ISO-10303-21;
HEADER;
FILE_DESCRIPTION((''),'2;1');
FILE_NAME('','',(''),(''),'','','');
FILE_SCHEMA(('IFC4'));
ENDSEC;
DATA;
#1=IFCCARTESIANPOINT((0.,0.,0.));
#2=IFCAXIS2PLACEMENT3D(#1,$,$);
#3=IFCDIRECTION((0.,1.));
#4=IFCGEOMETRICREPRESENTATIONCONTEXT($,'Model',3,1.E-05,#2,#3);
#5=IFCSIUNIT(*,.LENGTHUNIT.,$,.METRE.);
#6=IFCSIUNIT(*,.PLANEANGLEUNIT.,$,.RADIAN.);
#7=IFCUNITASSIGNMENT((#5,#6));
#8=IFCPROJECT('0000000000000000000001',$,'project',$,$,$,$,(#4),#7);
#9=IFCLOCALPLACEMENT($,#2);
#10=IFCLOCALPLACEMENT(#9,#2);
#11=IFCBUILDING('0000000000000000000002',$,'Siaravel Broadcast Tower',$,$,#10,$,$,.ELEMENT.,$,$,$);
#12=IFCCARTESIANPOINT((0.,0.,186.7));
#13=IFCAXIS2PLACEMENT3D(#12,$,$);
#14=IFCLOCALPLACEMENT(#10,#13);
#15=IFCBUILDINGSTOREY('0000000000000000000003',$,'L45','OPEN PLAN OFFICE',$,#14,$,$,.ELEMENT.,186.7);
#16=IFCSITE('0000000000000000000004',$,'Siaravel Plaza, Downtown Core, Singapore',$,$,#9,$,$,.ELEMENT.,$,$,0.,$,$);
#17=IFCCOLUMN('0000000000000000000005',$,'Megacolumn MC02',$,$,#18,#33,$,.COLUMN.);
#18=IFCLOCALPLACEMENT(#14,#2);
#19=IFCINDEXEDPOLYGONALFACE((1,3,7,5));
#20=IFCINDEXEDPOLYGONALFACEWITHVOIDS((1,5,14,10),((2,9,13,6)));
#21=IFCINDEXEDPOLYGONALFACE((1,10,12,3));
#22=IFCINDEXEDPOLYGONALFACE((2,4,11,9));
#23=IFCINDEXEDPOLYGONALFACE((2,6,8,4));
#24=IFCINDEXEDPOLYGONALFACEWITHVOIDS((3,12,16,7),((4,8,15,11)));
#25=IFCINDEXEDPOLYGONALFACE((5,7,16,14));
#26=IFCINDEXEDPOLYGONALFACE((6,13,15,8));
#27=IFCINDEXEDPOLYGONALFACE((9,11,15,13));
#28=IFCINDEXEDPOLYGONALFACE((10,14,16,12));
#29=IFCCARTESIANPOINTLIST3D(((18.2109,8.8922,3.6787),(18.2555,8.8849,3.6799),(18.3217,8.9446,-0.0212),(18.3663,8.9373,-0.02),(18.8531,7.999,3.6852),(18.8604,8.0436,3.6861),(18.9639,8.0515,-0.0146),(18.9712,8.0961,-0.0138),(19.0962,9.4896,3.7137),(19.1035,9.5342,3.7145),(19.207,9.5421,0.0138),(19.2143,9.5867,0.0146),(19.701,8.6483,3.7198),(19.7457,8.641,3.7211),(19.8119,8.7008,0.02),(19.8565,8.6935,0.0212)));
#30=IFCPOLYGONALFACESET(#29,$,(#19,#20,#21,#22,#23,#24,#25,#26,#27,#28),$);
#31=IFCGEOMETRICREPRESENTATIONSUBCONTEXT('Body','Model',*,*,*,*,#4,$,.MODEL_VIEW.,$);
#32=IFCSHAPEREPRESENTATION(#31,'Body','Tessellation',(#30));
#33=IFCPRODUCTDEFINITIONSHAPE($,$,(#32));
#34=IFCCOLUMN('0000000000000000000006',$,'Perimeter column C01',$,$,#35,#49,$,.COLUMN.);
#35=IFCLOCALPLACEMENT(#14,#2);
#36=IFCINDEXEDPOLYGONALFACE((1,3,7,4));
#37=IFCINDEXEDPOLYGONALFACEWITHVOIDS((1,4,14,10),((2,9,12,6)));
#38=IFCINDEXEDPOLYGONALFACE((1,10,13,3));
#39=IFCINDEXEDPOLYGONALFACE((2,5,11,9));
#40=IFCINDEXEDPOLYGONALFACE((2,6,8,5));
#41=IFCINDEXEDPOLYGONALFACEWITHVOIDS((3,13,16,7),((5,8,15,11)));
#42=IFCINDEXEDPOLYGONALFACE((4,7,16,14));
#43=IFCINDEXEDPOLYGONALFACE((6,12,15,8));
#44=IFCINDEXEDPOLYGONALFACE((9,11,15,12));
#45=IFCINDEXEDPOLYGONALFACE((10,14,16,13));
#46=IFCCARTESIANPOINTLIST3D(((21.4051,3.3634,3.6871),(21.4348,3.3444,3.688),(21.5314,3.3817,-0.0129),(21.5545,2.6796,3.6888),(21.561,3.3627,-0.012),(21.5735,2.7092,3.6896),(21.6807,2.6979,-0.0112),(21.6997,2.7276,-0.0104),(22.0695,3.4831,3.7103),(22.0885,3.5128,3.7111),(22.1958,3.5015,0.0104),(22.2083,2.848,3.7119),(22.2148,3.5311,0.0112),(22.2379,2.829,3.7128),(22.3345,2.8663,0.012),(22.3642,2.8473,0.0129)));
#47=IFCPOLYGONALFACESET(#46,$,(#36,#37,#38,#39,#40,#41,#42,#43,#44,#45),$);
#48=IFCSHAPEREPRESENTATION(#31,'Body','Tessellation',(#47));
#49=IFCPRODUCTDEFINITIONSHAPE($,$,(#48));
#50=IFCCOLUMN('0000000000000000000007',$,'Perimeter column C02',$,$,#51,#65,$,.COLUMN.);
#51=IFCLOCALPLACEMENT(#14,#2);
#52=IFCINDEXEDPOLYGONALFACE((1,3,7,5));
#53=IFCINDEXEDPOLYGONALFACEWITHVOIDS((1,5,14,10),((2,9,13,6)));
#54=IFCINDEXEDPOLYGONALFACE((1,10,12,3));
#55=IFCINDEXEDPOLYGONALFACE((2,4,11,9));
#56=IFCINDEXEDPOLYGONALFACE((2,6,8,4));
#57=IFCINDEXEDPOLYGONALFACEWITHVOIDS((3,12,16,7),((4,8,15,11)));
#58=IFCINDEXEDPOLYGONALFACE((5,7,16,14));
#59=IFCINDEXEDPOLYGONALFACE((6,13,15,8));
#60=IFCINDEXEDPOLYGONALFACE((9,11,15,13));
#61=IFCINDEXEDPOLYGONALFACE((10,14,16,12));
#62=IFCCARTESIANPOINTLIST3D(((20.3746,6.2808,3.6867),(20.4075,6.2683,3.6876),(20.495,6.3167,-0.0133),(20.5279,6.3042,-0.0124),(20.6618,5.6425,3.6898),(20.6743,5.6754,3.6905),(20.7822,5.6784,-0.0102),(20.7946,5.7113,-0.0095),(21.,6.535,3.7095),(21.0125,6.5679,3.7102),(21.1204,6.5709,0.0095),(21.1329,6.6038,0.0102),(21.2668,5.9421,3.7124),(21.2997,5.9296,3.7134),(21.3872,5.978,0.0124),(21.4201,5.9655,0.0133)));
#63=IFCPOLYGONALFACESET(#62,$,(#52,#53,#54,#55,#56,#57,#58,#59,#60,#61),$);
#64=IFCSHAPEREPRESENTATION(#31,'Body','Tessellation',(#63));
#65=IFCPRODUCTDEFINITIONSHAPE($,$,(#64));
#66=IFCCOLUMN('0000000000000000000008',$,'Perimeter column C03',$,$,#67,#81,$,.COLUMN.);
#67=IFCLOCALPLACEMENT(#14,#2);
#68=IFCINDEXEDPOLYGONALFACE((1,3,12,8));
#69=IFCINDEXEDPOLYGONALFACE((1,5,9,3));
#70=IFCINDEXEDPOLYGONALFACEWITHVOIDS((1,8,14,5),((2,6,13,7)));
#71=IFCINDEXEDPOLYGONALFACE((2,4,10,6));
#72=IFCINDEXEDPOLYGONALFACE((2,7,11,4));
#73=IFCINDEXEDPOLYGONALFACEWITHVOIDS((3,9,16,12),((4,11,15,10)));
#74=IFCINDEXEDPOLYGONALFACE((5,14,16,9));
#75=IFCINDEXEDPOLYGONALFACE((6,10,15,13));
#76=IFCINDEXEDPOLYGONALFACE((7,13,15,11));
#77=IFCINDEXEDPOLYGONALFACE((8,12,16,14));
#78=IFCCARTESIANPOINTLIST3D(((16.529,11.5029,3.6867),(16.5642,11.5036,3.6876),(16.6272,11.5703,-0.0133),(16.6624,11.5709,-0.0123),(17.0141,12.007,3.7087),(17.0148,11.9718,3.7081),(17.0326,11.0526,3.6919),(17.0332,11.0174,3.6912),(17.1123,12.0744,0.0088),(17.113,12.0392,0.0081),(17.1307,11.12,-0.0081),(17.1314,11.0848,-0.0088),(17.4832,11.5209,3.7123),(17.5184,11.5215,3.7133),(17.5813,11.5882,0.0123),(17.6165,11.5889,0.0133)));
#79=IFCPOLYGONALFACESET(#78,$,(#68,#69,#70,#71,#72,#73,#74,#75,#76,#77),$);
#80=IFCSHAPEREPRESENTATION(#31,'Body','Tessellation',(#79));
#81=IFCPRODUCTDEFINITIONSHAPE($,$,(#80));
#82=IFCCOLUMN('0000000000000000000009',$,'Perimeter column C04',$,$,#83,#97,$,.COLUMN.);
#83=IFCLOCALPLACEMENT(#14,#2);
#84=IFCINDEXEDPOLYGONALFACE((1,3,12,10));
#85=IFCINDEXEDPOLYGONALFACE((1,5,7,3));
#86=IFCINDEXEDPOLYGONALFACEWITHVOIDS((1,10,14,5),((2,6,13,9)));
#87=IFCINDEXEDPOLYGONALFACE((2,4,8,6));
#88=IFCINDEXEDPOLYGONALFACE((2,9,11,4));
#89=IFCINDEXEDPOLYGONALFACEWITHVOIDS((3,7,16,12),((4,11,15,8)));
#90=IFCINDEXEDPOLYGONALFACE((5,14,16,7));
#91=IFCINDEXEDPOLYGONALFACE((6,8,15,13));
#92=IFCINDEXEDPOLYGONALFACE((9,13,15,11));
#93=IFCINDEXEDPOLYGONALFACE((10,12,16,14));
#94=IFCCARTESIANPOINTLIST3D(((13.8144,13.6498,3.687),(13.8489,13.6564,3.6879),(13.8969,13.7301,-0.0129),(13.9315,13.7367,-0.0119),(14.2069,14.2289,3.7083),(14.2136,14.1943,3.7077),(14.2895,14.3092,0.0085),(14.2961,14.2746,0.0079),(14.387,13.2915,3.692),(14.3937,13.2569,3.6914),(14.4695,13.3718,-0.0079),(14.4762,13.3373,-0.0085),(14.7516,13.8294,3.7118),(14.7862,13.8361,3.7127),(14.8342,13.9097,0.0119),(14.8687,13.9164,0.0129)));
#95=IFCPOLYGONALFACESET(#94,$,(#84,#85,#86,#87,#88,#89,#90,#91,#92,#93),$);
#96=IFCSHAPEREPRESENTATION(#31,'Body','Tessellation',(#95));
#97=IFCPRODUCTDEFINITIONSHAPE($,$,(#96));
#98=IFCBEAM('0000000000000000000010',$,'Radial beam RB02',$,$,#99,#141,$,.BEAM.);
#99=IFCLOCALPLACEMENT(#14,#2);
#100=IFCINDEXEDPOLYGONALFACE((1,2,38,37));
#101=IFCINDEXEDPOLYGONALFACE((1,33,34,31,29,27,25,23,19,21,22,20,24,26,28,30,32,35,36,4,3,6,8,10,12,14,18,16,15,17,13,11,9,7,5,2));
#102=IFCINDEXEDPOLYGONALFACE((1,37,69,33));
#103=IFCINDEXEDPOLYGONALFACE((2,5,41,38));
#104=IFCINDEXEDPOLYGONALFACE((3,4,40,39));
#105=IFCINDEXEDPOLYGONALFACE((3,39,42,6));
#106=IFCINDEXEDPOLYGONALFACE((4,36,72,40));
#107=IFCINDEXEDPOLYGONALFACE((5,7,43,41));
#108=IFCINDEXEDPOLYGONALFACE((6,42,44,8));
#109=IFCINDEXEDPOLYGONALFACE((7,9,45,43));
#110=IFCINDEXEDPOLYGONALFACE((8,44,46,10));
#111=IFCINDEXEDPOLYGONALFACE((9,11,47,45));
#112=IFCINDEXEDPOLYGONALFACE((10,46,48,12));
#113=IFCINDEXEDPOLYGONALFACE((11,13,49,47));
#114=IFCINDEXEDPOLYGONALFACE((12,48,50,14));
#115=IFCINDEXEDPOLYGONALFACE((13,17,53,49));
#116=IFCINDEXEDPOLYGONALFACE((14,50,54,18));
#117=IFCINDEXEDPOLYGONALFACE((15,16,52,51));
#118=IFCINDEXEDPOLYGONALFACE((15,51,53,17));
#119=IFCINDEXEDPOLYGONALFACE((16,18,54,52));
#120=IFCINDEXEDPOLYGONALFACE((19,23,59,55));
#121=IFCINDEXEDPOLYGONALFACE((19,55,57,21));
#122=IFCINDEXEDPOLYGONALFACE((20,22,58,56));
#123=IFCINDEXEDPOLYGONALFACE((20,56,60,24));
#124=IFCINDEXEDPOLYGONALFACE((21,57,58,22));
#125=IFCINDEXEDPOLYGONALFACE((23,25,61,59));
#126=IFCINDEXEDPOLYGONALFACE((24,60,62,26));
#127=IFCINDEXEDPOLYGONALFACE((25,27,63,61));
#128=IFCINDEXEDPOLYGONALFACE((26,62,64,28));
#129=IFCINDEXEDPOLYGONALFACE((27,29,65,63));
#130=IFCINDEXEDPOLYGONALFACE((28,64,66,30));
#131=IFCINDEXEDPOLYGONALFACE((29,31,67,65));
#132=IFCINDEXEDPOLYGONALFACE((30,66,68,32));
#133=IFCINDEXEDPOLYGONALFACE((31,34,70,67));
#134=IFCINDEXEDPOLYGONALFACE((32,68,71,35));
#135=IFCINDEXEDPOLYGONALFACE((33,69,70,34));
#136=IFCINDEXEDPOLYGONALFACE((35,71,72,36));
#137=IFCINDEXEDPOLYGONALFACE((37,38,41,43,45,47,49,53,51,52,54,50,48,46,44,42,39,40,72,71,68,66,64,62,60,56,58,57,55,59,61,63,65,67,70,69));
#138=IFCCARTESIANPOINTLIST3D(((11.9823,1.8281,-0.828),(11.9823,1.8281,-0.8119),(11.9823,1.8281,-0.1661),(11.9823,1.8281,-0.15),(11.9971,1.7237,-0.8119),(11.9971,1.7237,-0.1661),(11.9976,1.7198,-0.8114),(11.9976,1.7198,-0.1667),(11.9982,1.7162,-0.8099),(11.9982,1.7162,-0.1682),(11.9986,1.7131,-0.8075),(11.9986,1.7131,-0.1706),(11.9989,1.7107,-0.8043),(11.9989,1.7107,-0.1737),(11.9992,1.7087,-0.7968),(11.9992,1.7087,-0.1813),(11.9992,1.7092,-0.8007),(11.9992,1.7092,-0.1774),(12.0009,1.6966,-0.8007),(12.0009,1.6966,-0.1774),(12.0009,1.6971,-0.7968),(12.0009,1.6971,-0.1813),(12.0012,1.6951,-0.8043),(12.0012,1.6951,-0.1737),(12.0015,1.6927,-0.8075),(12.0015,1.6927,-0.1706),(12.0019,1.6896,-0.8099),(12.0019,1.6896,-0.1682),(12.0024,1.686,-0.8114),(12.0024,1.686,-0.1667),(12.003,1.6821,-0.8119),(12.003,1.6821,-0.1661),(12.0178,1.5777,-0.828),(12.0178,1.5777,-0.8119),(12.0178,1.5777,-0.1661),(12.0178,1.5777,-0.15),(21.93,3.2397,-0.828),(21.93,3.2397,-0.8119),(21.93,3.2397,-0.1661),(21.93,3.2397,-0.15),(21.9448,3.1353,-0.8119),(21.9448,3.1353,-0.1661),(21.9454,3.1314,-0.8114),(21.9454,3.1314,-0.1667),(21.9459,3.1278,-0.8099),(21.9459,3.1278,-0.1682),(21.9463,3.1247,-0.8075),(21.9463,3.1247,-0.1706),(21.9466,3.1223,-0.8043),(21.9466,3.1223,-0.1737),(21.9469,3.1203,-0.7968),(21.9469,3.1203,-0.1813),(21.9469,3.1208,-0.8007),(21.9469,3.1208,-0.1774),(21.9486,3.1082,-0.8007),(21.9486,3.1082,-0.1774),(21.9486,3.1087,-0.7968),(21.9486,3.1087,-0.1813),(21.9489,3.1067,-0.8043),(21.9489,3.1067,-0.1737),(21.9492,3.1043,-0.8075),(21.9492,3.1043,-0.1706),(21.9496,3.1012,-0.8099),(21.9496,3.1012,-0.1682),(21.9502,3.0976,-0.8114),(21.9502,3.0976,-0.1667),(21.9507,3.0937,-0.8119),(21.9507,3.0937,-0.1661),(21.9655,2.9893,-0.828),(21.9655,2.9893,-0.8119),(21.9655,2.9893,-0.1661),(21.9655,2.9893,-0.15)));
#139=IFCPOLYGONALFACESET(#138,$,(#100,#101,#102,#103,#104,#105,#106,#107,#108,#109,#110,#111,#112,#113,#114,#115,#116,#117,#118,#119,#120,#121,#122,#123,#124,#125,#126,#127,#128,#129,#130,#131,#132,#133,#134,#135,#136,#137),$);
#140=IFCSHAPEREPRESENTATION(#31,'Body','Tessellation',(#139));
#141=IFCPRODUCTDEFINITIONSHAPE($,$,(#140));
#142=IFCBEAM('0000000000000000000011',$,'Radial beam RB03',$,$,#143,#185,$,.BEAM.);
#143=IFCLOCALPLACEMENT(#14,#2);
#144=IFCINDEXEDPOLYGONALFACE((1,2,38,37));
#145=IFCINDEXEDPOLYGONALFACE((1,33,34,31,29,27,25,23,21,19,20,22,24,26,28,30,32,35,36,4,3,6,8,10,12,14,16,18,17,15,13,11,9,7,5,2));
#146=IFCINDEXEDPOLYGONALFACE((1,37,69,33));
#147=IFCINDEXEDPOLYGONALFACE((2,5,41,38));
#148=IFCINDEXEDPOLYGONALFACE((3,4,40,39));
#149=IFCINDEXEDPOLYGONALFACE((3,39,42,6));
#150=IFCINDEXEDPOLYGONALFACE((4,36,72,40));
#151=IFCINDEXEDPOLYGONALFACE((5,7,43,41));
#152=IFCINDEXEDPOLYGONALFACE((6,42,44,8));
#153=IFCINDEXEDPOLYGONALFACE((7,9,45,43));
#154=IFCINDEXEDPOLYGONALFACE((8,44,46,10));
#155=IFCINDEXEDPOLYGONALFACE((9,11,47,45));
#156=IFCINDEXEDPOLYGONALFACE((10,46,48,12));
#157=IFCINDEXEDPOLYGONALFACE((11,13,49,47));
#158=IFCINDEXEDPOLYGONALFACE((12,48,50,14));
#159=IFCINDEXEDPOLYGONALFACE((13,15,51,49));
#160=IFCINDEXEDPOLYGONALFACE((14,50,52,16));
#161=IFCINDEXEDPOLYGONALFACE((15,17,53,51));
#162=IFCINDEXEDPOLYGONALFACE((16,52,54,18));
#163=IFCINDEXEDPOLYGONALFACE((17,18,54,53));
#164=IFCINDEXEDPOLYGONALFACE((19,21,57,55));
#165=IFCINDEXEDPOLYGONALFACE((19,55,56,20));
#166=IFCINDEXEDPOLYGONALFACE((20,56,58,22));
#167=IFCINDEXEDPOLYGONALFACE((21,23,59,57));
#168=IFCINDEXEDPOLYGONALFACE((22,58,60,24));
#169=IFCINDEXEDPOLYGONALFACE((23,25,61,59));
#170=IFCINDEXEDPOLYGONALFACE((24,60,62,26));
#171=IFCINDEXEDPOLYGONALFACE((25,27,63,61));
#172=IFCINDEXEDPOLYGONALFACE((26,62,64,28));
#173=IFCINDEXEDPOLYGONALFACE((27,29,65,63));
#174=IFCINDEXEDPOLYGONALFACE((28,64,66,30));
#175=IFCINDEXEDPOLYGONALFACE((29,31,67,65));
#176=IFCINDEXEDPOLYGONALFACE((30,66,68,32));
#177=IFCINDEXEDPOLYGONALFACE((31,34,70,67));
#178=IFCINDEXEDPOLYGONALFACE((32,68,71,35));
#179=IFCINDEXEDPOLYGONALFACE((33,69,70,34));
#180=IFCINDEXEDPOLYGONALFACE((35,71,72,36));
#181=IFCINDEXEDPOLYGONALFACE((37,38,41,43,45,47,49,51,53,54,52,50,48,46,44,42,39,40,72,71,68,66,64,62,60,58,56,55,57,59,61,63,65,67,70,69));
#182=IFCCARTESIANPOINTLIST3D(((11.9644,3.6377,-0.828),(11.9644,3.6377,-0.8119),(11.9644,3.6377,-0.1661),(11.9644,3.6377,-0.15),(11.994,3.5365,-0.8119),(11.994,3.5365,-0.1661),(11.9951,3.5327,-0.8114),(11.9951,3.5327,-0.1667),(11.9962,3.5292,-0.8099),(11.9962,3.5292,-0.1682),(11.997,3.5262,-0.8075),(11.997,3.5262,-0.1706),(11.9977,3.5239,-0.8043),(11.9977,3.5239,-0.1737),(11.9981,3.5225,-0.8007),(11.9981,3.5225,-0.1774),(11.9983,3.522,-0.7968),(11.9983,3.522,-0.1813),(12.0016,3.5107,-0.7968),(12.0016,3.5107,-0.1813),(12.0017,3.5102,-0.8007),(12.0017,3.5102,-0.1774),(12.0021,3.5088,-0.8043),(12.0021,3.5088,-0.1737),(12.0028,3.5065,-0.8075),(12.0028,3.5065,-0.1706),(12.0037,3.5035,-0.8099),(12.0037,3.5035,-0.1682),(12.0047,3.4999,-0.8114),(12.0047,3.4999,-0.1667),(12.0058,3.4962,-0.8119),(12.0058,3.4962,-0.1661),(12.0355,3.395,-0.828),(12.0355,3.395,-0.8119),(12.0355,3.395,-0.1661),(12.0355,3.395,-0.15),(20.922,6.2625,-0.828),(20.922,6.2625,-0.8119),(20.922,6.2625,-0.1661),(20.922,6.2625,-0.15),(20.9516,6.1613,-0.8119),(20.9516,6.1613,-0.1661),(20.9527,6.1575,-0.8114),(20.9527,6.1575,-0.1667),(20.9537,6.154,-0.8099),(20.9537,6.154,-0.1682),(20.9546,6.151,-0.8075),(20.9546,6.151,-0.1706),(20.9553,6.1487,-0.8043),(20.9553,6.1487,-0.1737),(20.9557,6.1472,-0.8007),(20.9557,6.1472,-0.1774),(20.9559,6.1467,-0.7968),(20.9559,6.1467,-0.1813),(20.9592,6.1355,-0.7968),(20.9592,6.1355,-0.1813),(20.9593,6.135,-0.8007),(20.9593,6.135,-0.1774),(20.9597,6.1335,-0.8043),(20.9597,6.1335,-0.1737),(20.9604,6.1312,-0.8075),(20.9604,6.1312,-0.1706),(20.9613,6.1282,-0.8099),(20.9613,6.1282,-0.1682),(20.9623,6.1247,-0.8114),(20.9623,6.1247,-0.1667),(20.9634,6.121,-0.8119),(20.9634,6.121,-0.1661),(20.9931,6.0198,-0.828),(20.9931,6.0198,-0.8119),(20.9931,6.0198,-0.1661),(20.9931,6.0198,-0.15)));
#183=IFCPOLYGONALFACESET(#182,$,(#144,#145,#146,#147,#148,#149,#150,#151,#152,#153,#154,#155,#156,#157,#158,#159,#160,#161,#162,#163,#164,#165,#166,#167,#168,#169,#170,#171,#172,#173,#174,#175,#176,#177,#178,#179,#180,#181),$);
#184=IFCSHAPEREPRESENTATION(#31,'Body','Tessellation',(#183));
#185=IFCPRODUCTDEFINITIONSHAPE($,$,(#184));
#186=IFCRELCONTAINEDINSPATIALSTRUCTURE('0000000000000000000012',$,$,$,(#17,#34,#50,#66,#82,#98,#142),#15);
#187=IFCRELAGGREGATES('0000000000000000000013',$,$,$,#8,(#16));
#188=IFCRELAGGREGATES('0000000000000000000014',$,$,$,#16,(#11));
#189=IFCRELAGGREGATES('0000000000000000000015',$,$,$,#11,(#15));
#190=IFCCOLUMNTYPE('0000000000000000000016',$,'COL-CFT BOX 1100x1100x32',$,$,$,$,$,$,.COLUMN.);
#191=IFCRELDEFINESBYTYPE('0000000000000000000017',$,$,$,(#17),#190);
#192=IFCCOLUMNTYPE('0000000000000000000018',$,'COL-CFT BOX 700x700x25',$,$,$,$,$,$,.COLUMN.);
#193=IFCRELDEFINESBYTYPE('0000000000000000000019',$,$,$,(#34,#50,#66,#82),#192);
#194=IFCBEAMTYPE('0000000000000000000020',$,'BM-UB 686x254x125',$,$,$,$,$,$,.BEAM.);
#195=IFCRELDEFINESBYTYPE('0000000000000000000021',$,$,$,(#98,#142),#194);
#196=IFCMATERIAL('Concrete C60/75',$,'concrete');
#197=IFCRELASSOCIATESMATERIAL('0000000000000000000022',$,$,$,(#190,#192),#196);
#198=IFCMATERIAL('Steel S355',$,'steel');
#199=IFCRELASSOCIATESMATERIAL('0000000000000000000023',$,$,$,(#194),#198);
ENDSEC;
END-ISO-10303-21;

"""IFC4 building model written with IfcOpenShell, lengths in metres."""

from ifc_helpers import new_model, si_unit, direction, frame, origin, origin_2d, place, context, subcontext, project, spatial, hollow_rectangle, i_section, extrude, material, material_profile, profile_set, type_object, element, save


model = new_model("IFC4")

# Units and contexts
model_context = context("Model", 3, precision=1e-05, world=origin(), true_north=direction((0.0, 1.0)))
body_context = subcontext(model_context, "Body", "Model", "MODEL_VIEW")
ifc_project = project(units=[si_unit("LENGTHUNIT", "METRE"), si_unit("PLANEANGLEUNIT", "RADIAN")], contexts=[model_context])

# Site, building, storey
site_placement = place(None, origin())
site = spatial("IfcSite", under=ifc_project, at=site_placement, Name="Siaravel Plaza, Downtown Core, Singapore", CompositionType="ELEMENT", RefElevation=0.0)
building_placement = place(site_placement, origin())
building = spatial("IfcBuilding", under=site, at=building_placement, Name="Siaravel Broadcast Tower", CompositionType="ELEMENT")
storey_placement = place(building_placement, frame((0.0, 0.0, 186.7)))
storey = spatial("IfcBuildingStorey", under=building, at=storey_placement, Name="L45", Description="OPEN PLAN OFFICE", CompositionType="ELEMENT", Elevation=186.7)

# Columns
ifc_material_1 = material(Name="Concrete C60/75", Category="concrete")
ifc_material_profile_1 = material_profile(ifc_material_1, hollow_rectangle(XDim=1.1001, YDim=1.1001, WallThickness=0.032, at=origin_2d()))
ifc_profile_set_1 = profile_set([ifc_material_profile_1], Name="Concrete C60/75")
column_type_1 = type_object("IfcColumnType", Name="COL-CFT BOX 1100x1100x32", PredefinedType="COLUMN", material=ifc_profile_set_1)
column_1_placement = place(storey_placement, frame((19.0891, 8.8191, 0.0), z_axis=(-0.029941, -0.014179, 0.999451), x_axis=(0.583774, -0.811894, 0.00597)))
element("IfcColumn", 1, at=column_1_placement, inside=storey, type_object=column_type_1, Name="Megacolumn MC02", PredefinedType="COLUMN", context=body_context, shape_type="SweptSolid", body=[
    extrude(hollow_rectangle(XDim=1.1001, YDim=1.1001, WallThickness=0.032, at=origin_2d()), origin(), (0.0, 0.0, 1.0), 3.7019),
])
ifc_material_profile_2 = material_profile(ifc_material_1, hollow_rectangle(XDim=0.7, YDim=0.7, WallThickness=0.0249, at=origin_2d()))
ifc_profile_set_2 = profile_set([ifc_material_profile_2], Name="Concrete C60/75")
column_type_2 = type_object("IfcColumnType", Name="COL-CFT BOX 700x700x25", PredefinedType="COLUMN", material=ifc_profile_set_2)
for number, where, z_axis, x_axis, name in (
    (2, (21.9478, 3.1145, 0.0), (-0.034094, -0.004946, 0.999406), (0.213435, -0.976954, 0.002446), "Perimeter column C01"),
    (3, (20.9575, 6.1411, 0.0), (-0.032512, -0.009694, 0.999424), (0.410315, -0.911933, 0.004502), "Perimeter column C02"),
):
    element("IfcColumn", number, at=place(storey_placement, frame(where, z_axis=z_axis, x_axis=x_axis)), inside=storey, type_object=column_type_2, Name=name, PredefinedType="COLUMN", context=body_context, shape_type="SweptSolid", body=[
        extrude(hollow_rectangle(XDim=0.7, YDim=0.7, WallThickness=0.0249, at=origin_2d()), origin(), (0.0, 0.0, 1.0), 3.7021),
    ])
column_2_placement = place(storey_placement, frame((17.1218, 11.5796, 0.0), z_axis=(-0.026512, -0.018202, 0.999483), x_axis=(0.720371, -0.693559, 0.006478)))
element("IfcColumn", 4, at=column_2_placement, inside=storey, type_object=column_type_2, Name="Perimeter column C03", PredefinedType="COLUMN", context=body_context, shape_type="SweptSolid", body=[
    extrude(hollow_rectangle(XDim=0.7, YDim=0.7, WallThickness=0.0249, at=origin_2d()), origin(), (0.0, 0.0, 1.0), 3.7019),
])
column_3_placement = place(storey_placement, frame((14.3828, 13.8232, 0.0), z_axis=(-0.022292, -0.021698, 0.999516), x_axis=(0.827618, -0.561257, 0.006274)))
element("IfcColumn", 5, at=column_3_placement, inside=storey, type_object=column_type_2, Name="Perimeter column C04", PredefinedType="COLUMN", context=body_context, shape_type="SweptSolid", body=[
    extrude(hollow_rectangle(XDim=0.7, YDim=0.7, WallThickness=0.0249, at=origin_2d()), origin(), (0.0, 0.0, 1.0), 3.7017),
])

# Beams
ifc_material_2 = material(Name="Steel S355", Category="steel")
ifc_material_profile_3 = material_profile(ifc_material_2, i_section(OverallWidth=0.2529, OverallDepth=0.678, WebThickness=0.0117, FlangeThickness=0.0161, FilletRadius=0.0151, at=origin_2d()))
ifc_profile_set_3 = profile_set([ifc_material_profile_3], Name="Steel S355")
beam_type = type_object("IfcBeamType", Name="BM-UB 686x254x125", PredefinedType="BEAM", material=ifc_profile_set_3)
beam_1_placement = place(storey_placement, frame((21.9478, 3.1145, -0.489), z_axis=(-0.990081, -0.140496, 0.0), x_axis=(0.140496, -0.990081, 0.0)))
element("IfcBeam", 6, at=beam_1_placement, inside=storey, type_object=beam_type, Name="Radial beam RB02", PredefinedType="BEAM", context=body_context, shape_type="SweptSolid", body=[
    extrude(i_section(OverallWidth=0.2529, OverallDepth=0.678, WebThickness=0.0117, FlangeThickness=0.0161, FilletRadius=0.0151, at=origin_2d()), origin(), (0.0, 0.0, 1.0), 10.0474),
])
beam_2_placement = place(storey_placement, frame((20.9575, 6.1411, -0.489), z_axis=(-0.959649, -0.281199, 0.0), x_axis=(0.281199, -0.959649, 0.0)))
element("IfcBeam", 7, at=beam_2_placement, inside=storey, type_object=beam_type, Name="Radial beam RB03", PredefinedType="BEAM", context=body_context, shape_type="SweptSolid", body=[
    extrude(i_section(OverallWidth=0.2529, OverallDepth=0.678, WebThickness=0.0117, FlangeThickness=0.0161, FilletRadius=0.0151, at=origin_2d()), origin(), (0.0, 0.0, 1.0), 9.3342),
])

save(model, "model.ifc")
